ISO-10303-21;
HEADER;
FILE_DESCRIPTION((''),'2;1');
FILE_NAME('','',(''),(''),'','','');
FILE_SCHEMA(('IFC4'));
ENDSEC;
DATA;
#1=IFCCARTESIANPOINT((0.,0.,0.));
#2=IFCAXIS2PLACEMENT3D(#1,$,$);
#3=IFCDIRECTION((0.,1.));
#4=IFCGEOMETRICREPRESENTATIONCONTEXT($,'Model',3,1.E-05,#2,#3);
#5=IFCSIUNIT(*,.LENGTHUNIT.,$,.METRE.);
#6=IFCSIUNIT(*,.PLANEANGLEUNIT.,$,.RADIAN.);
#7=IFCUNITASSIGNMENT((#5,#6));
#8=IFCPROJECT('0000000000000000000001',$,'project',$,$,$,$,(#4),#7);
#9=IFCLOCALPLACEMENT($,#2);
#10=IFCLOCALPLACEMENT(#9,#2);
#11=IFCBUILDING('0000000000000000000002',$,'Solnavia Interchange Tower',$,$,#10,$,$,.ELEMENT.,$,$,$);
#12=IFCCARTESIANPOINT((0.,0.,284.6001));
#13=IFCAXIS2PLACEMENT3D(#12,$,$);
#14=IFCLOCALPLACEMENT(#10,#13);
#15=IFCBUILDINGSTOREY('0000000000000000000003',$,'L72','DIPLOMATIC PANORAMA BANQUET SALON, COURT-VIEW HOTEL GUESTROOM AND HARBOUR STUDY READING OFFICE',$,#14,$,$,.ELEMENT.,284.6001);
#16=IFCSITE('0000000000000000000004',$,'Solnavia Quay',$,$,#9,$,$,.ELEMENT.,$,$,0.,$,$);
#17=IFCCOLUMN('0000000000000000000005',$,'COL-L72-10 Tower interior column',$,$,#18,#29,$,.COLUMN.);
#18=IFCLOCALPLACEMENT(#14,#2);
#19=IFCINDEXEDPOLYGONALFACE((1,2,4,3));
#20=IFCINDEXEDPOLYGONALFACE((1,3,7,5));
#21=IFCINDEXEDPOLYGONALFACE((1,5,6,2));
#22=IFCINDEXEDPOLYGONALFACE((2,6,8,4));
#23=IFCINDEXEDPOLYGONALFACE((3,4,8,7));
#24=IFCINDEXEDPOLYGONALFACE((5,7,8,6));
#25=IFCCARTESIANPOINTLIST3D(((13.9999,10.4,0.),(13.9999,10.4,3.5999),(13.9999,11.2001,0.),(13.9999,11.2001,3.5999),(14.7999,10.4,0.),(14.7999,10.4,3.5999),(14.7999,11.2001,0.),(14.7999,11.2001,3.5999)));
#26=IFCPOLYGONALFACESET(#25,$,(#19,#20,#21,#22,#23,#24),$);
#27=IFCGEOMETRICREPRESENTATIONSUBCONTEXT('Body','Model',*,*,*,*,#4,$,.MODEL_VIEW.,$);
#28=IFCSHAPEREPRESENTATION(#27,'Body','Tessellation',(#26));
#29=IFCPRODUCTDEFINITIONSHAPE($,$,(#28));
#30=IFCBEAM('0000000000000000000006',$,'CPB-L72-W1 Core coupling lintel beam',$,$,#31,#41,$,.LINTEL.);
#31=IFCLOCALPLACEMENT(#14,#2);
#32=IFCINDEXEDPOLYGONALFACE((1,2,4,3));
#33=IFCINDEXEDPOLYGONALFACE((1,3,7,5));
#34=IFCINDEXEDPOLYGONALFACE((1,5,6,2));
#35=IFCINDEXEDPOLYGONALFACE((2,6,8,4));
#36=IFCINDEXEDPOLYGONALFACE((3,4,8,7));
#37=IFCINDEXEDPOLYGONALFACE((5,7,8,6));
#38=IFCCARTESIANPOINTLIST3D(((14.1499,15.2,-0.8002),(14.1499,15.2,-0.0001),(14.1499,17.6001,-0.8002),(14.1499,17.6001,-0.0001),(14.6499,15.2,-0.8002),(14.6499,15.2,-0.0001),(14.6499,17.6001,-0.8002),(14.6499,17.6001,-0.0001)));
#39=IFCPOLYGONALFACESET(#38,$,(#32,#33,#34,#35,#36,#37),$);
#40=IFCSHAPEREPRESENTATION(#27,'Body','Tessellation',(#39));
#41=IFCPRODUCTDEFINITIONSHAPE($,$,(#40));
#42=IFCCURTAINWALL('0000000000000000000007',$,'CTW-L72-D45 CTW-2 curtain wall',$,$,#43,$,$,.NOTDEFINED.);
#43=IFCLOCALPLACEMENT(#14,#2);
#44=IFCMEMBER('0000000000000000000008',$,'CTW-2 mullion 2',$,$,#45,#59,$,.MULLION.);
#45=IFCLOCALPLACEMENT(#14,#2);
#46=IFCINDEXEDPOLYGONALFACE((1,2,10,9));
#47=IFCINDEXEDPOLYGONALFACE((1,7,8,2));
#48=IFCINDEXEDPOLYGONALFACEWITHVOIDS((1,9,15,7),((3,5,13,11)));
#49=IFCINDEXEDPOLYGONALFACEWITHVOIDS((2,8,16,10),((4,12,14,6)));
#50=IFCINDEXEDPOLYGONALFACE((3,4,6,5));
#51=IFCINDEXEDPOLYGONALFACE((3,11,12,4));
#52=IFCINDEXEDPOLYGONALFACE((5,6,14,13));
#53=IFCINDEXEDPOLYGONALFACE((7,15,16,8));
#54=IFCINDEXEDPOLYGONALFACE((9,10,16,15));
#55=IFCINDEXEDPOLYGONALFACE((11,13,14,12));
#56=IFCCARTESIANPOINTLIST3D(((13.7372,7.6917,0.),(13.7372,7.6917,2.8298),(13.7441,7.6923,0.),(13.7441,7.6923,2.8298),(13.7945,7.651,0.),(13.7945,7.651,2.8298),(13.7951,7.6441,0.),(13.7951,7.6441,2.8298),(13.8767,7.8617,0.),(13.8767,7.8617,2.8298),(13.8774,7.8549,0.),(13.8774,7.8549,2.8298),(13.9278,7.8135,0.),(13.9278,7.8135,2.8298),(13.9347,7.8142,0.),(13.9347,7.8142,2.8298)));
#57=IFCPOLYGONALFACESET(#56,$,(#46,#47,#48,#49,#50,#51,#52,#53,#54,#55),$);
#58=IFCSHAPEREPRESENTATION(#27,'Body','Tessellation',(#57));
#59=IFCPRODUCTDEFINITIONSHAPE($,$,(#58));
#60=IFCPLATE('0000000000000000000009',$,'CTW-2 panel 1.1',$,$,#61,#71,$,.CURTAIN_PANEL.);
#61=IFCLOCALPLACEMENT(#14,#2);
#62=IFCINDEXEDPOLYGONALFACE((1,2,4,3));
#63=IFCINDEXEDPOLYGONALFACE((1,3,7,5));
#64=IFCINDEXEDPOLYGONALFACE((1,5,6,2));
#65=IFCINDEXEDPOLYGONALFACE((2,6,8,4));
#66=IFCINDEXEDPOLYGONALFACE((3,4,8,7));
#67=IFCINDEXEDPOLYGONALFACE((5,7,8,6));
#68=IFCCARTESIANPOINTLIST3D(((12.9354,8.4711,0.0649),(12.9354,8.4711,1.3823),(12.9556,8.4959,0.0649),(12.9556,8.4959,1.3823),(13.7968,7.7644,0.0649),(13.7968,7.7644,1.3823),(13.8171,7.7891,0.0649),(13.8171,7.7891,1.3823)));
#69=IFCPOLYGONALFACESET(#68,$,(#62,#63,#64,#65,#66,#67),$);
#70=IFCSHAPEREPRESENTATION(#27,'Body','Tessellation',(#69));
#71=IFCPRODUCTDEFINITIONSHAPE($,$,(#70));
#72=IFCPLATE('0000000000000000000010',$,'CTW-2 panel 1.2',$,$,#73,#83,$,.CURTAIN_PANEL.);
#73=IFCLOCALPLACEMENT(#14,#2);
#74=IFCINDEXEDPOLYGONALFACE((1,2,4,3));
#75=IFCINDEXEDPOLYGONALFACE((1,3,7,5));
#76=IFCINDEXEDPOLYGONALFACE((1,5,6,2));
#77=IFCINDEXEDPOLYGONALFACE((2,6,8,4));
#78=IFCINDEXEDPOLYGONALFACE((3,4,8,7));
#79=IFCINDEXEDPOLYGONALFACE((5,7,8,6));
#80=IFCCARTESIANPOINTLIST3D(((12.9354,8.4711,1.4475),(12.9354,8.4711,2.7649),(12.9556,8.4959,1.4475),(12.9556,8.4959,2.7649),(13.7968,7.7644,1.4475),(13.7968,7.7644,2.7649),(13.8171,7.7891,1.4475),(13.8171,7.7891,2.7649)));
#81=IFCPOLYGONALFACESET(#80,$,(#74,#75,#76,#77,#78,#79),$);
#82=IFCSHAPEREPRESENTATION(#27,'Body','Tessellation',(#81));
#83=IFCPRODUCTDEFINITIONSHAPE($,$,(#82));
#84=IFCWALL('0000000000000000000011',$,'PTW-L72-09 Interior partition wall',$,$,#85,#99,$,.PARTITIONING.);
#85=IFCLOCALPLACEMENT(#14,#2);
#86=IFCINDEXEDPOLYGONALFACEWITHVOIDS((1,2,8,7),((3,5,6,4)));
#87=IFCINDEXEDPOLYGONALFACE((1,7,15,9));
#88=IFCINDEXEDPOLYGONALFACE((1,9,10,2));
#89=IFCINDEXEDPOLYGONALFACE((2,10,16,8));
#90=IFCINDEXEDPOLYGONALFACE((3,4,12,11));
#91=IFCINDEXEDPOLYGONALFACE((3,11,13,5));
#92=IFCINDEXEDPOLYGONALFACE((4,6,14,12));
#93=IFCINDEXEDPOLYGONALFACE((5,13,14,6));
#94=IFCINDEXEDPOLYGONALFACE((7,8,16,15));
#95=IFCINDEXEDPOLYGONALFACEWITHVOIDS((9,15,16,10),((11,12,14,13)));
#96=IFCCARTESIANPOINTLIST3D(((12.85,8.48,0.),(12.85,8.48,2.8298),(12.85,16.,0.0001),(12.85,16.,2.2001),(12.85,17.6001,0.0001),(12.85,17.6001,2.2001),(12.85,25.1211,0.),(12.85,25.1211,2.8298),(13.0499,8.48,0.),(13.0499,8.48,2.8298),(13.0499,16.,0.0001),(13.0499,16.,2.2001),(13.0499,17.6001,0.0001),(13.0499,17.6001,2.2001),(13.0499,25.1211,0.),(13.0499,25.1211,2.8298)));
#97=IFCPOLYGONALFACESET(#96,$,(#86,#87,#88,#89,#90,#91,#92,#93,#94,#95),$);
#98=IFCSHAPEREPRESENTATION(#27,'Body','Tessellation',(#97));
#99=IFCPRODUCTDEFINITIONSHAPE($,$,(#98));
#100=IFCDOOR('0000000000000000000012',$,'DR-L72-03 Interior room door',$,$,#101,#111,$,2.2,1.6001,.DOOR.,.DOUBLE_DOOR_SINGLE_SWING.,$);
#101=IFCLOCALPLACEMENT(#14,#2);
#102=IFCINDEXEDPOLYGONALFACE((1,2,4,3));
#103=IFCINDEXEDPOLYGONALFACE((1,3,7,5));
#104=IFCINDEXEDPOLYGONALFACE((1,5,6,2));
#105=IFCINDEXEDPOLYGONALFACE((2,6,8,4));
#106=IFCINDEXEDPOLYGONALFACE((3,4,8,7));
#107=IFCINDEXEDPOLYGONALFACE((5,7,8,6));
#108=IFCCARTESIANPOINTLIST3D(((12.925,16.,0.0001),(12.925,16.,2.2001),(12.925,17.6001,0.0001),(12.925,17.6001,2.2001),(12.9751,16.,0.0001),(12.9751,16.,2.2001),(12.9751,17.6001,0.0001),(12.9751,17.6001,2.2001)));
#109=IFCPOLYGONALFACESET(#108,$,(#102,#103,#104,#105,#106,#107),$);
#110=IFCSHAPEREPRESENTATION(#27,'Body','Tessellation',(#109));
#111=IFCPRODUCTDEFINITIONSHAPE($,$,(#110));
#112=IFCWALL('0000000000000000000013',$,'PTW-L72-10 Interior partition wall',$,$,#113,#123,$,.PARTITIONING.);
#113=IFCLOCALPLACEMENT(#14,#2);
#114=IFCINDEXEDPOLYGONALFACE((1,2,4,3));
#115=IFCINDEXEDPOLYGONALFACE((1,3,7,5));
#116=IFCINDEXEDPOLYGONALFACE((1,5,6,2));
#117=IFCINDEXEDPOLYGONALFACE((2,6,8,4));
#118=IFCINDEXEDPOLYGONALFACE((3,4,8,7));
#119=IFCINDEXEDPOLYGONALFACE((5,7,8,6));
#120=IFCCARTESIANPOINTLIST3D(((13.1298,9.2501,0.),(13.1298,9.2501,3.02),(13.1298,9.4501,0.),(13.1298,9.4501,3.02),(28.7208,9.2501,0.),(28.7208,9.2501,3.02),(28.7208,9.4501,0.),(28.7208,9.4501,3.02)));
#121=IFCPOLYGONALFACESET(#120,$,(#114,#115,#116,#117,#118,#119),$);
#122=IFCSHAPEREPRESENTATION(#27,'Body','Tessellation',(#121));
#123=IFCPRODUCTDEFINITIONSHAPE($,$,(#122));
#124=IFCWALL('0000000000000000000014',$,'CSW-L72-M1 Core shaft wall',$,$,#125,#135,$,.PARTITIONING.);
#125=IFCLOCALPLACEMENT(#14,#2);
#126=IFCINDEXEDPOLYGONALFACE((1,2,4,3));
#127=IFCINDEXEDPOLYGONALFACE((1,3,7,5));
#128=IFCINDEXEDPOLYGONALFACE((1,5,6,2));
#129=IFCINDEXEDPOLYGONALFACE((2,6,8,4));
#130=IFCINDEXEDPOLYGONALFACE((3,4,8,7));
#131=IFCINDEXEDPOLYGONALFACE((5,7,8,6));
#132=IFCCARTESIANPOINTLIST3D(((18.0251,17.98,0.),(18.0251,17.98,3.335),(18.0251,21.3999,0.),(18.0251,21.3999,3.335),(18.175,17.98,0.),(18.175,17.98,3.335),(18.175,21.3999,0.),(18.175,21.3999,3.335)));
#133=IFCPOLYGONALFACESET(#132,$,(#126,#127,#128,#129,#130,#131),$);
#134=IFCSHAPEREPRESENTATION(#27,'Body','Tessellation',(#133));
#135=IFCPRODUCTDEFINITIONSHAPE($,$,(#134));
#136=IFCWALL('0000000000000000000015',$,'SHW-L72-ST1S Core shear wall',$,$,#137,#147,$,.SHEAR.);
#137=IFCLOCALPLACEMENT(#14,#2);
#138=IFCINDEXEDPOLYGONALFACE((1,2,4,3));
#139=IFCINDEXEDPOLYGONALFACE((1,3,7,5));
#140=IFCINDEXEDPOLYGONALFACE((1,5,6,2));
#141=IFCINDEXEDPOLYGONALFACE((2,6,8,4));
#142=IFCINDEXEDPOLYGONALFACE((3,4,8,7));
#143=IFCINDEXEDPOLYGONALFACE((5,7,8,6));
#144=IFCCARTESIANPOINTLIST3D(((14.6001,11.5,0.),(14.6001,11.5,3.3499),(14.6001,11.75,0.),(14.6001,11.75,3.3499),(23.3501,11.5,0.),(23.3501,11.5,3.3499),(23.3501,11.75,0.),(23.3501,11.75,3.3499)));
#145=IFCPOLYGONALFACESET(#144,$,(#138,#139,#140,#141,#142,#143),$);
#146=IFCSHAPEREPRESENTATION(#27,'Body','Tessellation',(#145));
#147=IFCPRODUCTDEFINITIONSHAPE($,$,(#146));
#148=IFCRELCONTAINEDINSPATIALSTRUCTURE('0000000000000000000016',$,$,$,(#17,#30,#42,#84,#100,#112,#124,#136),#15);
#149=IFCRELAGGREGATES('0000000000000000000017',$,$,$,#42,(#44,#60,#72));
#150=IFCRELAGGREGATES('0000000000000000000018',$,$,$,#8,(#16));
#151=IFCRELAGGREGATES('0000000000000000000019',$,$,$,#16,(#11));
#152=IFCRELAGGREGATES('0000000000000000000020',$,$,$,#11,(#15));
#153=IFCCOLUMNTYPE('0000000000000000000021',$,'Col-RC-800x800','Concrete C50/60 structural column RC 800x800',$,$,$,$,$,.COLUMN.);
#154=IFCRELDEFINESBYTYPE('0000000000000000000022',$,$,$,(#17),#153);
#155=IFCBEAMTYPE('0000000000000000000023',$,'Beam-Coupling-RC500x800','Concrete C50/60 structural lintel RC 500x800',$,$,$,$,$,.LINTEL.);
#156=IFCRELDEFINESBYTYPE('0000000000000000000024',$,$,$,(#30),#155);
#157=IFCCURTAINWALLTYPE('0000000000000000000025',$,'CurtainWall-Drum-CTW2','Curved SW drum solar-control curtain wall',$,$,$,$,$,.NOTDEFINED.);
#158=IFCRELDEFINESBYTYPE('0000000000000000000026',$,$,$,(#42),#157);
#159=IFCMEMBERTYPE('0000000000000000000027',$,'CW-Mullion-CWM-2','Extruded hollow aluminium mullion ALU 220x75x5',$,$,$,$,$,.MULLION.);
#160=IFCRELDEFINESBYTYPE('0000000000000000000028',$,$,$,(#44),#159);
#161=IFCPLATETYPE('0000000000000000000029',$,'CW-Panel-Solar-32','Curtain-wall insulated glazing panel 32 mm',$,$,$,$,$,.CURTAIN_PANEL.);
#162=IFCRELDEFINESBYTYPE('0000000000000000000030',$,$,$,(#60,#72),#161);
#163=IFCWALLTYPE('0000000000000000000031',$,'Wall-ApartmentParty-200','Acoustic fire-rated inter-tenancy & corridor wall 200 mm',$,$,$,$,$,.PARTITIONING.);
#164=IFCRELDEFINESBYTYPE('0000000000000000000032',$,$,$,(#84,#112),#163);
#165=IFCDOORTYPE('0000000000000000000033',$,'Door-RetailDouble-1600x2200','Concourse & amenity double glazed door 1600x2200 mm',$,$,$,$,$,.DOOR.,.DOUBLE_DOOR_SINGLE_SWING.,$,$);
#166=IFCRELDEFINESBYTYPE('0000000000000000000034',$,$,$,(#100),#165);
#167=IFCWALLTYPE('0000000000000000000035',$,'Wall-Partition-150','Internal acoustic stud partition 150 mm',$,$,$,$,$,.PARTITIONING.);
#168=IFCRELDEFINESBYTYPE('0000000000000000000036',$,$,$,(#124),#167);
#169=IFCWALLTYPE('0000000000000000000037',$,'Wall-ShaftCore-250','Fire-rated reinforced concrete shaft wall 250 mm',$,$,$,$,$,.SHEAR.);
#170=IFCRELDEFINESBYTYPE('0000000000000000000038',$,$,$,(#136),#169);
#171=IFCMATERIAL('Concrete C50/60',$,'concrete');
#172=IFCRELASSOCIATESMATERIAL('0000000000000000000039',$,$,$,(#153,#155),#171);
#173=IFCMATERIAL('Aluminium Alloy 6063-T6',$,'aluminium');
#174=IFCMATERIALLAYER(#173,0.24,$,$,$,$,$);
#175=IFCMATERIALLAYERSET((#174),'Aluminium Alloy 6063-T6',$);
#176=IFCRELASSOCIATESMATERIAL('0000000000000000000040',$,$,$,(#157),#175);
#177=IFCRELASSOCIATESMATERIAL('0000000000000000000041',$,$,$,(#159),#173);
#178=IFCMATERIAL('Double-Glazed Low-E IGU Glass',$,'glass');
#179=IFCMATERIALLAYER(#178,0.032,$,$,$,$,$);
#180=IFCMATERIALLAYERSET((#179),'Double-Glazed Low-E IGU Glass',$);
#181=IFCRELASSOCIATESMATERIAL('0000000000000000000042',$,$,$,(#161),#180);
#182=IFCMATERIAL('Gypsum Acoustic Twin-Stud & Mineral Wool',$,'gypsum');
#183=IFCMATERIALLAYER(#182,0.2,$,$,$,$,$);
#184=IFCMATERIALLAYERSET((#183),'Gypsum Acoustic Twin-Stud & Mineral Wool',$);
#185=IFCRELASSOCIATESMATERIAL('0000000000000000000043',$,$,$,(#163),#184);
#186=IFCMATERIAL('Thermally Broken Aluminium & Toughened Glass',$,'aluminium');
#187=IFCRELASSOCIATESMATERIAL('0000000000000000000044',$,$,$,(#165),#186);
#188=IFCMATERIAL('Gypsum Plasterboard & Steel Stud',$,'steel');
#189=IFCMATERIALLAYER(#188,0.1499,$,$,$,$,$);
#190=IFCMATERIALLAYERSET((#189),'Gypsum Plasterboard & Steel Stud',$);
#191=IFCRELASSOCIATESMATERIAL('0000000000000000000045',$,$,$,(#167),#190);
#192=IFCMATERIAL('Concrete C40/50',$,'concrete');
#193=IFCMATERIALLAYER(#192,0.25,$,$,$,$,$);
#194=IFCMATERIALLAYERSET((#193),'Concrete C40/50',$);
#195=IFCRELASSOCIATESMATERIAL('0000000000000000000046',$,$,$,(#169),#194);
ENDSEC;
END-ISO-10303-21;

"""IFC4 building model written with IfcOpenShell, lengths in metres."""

from ifc_helpers import new_model, si_unit, direction, frame, frame_2d, origin, origin_2d, place, context, subcontext, project, spatial, rectangle, hollow_rectangle, extrude, material, layer, layer_set, material_profile, profile_set, type_object, element, fill, aggregate, save


model = new_model("IFC4")

# Units and contexts
model_context = context("Model", 3, precision=1e-05, world=origin(), true_north=direction((0.0, 1.0)))
body_context = subcontext(model_context, "Body", "Model", "MODEL_VIEW")
ifc_project = project(units=[si_unit("LENGTHUNIT", "METRE"), si_unit("PLANEANGLEUNIT", "RADIAN")], contexts=[model_context])

# Site, building, storey
site_placement = place(None, origin())
site = spatial("IfcSite", under=ifc_project, at=site_placement, Name="Solnavia Quay", CompositionType="ELEMENT", RefElevation=0.0)
building_placement = place(site_placement, origin())
building = spatial("IfcBuilding", under=site, at=building_placement, Name="Solnavia Interchange Tower", CompositionType="ELEMENT")
storey_placement = place(building_placement, frame((0.0, 0.0, 284.6001)))
storey = spatial("IfcBuildingStorey", under=building, at=storey_placement, Name="L72", Description="DIPLOMATIC PANORAMA BANQUET SALON, COURT-VIEW HOTEL GUESTROOM AND HARBOUR STUDY READING OFFICE", CompositionType="ELEMENT", Elevation=284.6001)

# Column
ifc_material_1 = material(Name="Concrete C50/60", Category="concrete")
ifc_material_profile_1 = material_profile(ifc_material_1, rectangle(XDim=0.8, YDim=0.8, at=origin_2d()), Name="RC 800x800")
ifc_profile_set_1 = profile_set([ifc_material_profile_1], Name="Concrete C50/60")
column_type = type_object("IfcColumnType", Name="Col-RC-800x800", Description="Concrete C50/60 structural column RC 800x800", PredefinedType="COLUMN", material=ifc_profile_set_1)
column_placement = place(storey_placement, frame((14.3999, 10.8, 0.0), z_axis=(0.0, 0.0, 1.0), x_axis=(1.0, 0.0, 0.0)))
element("IfcColumn", 1, at=column_placement, inside=storey, type_object=column_type, Name="COL-L72-10 Tower interior column", PredefinedType="COLUMN", context=body_context, shape_type="SweptSolid", body=[
    extrude(rectangle(XDim=0.8, YDim=0.8, at=origin_2d()), origin(), (0.0, 0.0, 1.0), 3.5999),
])

# Beam
ifc_material_profile_2 = material_profile(ifc_material_1, rectangle(XDim=0.5, YDim=0.8, at=origin_2d()), Name="RC 500x800")
ifc_profile_set_2 = profile_set([ifc_material_profile_2], Name="Concrete C50/60")
beam_type = type_object("IfcBeamType", Name="Beam-Coupling-RC500x800", Description="Concrete C50/60 structural lintel RC 500x800", PredefinedType="LINTEL", material=ifc_profile_set_2)
beam_placement = place(storey_placement, frame((14.3999, 15.2, -0.4001), z_axis=(0.0, 1.0, 0.0), x_axis=(-1.0, 0.0, 0.0)))
element("IfcBeam", 2, at=beam_placement, inside=storey, type_object=beam_type, Name="CPB-L72-W1 Core coupling lintel beam", PredefinedType="LINTEL", context=body_context, shape_type="SweptSolid", body=[
    extrude(rectangle(XDim=0.5, YDim=0.8, at=origin_2d()), origin(), (0.0, 0.0, 1.0), 2.4001),
])

# Curtain wall, member, plates
ifc_material_2 = material(Name="Aluminium Alloy 6063-T6", Category="aluminium")
ifc_layer_1 = layer(ifc_material_2, 0.24)
ifc_layer_set_1 = layer_set([ifc_layer_1], Name="Aluminium Alloy 6063-T6")
curtain_wall_type = type_object("IfcCurtainWallType", Name="CurtainWall-Drum-CTW2", Description="Curved SW drum solar-control curtain wall", PredefinedType="NOTDEFINED", material=ifc_layer_set_1)
curtain_wall_placement = place(storey_placement, origin())
curtain_wall = element("IfcCurtainWall", 3, at=curtain_wall_placement, inside=storey, type_object=curtain_wall_type, Name="CTW-L72-D45 CTW-2 curtain wall", PredefinedType="NOTDEFINED")
ifc_material_profile_3 = material_profile(ifc_material_2, hollow_rectangle(XDim=0.075, YDim=0.22, WallThickness=0.0049, at=origin_2d()), Name="ALU 220x75x5")
ifc_profile_set_3 = profile_set([ifc_material_profile_3], Name="Aluminium Alloy 6063-T6")
member_type = type_object("IfcMemberType", Name="CW-Mullion-CWM-2", Description="Extruded hollow aluminium mullion ALU 220x75x5", PredefinedType="MULLION", material=ifc_profile_set_3)
member_placement = place(storey_placement, frame((13.8359, 7.7529, 0.0), z_axis=(0.0, 0.0, 1.0), x_axis=(0.773103, -0.63428, 0.0)))
member = element("IfcMember", 4, at=member_placement, type_object=member_type, Name="CTW-2 mullion 2", PredefinedType="MULLION", context=body_context, shape_type="SweptSolid", body=[
    extrude(hollow_rectangle(XDim=0.075, YDim=0.22, WallThickness=0.0049, at=origin_2d()), origin(), (0.0, 0.0, 1.0), 2.8298),
])
ifc_material_3 = material(Name="Double-Glazed Low-E IGU Glass", Category="glass")
ifc_layer_2 = layer(ifc_material_3, 0.032)
ifc_layer_set_2 = layer_set([ifc_layer_2], Name="Double-Glazed Low-E IGU Glass")
plate_type = type_object("IfcPlateType", Name="CW-Panel-Solar-32", Description="Curtain-wall insulated glazing panel 32 mm", PredefinedType="CURTAIN_PANEL", material=ifc_layer_set_2)
plate_1_placement = place(storey_placement, frame((13.3762, 8.1301, 0.0649), z_axis=(0.0, 0.0, 1.0), x_axis=(0.773103, -0.63428, 0.0)))
plate_1 = element("IfcPlate", 5, at=plate_1_placement, type_object=plate_type, Name="CTW-2 panel 1.1", PredefinedType="CURTAIN_PANEL", context=body_context, shape_type="SweptSolid", body=[
    extrude(rectangle(XDim=1.1143, YDim=0.032, at=origin_2d()), origin(), (0.0, 0.0, 1.0), 1.3174),
])
plate_2_placement = place(storey_placement, frame((13.3762, 8.1301, 1.4475), z_axis=(0.0, 0.0, 1.0), x_axis=(0.773103, -0.63428, 0.0)))
plate_2 = element("IfcPlate", 6, at=plate_2_placement, type_object=plate_type, Name="CTW-2 panel 1.2", PredefinedType="CURTAIN_PANEL", context=body_context, shape_type="SweptSolid", body=[
    extrude(rectangle(XDim=1.1143, YDim=0.032, at=origin_2d()), origin(), (0.0, 0.0, 1.0), 1.3174),
])
aggregate(curtain_wall, [member, plate_1, plate_2])

# Wall, opening, door
ifc_material_4 = material(Name="Gypsum Acoustic Twin-Stud & Mineral Wool", Category="gypsum")
ifc_layer_3 = layer(ifc_material_4, 0.2)
ifc_layer_set_3 = layer_set([ifc_layer_3], Name="Gypsum Acoustic Twin-Stud & Mineral Wool")
wall_type_1 = type_object("IfcWallType", Name="Wall-ApartmentParty-200", Description="Acoustic fire-rated inter-tenancy & corridor wall 200 mm", PredefinedType="PARTITIONING", material=ifc_layer_set_3)
wall_1_placement = place(storey_placement, frame((12.95, 8.48, 0.0), z_axis=(0.0, 0.0, 1.0), x_axis=(0.0, 1.0, 0.0)))
wall_1 = element("IfcWall", 7, at=wall_1_placement, inside=storey, type_object=wall_type_1, Name="PTW-L72-09 Interior partition wall", PredefinedType="PARTITIONING", context=body_context, shape_type="SweptSolid", body=[
    extrude(rectangle(XDim=16.6411, YDim=0.2, at=frame_2d((8.3206, 0.0))), origin(), (0.0, 0.0, 1.0), 2.8298),
])
opening_1_placement = place(wall_1_placement, frame((7.52, 0.0, 0.0)))
opening_1 = element("IfcOpeningElement", 8, at=opening_1_placement, cuts=wall_1, PredefinedType="OPENING", context=body_context, shape_type="SweptSolid", body=[
    extrude(rectangle(XDim=1.6001, YDim=2.2, at=frame_2d((0.8, 1.1001))), frame((0.0, 0.1099, 0.0), z_axis=(0.0, -1.0, 0.0), x_axis=(1.0, 0.0, 0.0)), (0.0, 0.0, 1.0), 0.22),
])
ifc_material_5 = material(Name="Thermally Broken Aluminium & Toughened Glass", Category="aluminium")
door_type_1 = type_object("IfcDoorType", Name="Door-RetailDouble-1600x2200", Description="Concourse & amenity double glazed door 1600x2200 mm", OperationType="DOUBLE_DOOR_SINGLE_SWING", PredefinedType="DOOR", material=ifc_material_5)
door_1_placement = place(opening_1_placement, origin())
door_1 = element("IfcDoor", 9, at=door_1_placement, inside=storey, type_object=door_type_1, Name="DR-L72-03 Interior room door", OperationType="DOUBLE_DOOR_SINGLE_SWING", OverallHeight=2.2, OverallWidth=1.6001, PredefinedType="DOOR", context=body_context, shape_type="SweptSolid", body=[
    extrude(rectangle(XDim=1.6001, YDim=2.2, at=frame_2d((0.8, 1.1001))), frame((0.0, 0.0249, 0.0), z_axis=(0.0, -1.0, 0.0), x_axis=(1.0, 0.0, 0.0)), (0.0, 0.0, 1.0), 0.05),
])
fill(opening_1, door_1)

# Walls
wall_2_placement = place(storey_placement, frame((13.1299, 9.3501, 0.0), z_axis=(0.0, 0.0, 1.0), x_axis=(1.0, 0.0, 0.0)))
element("IfcWall", 10, at=wall_2_placement, inside=storey, type_object=wall_type_1, Name="PTW-L72-10 Interior partition wall", PredefinedType="PARTITIONING", context=body_context, shape_type="SweptSolid", body=[
    extrude(rectangle(XDim=15.5911, YDim=0.2, at=frame_2d((7.7954, 0.0))), origin(), (0.0, 0.0, 1.0), 3.02),
])
ifc_material_6 = material(Name="Gypsum Plasterboard & Steel Stud", Category="steel")
ifc_layer_4 = layer(ifc_material_6, 0.1499)
ifc_layer_set_4 = layer_set([ifc_layer_4], Name="Gypsum Plasterboard & Steel Stud")
wall_type_2 = type_object("IfcWallType", Name="Wall-Partition-150", Description="Internal acoustic stud partition 150 mm", PredefinedType="PARTITIONING", material=ifc_layer_set_4)
wall_3_placement = place(storey_placement, frame((18.1001, 17.98, 0.0), z_axis=(0.0, 0.0, 1.0), x_axis=(0.0, 1.0, 0.0)))
element("IfcWall", 11, at=wall_3_placement, inside=storey, type_object=wall_type_2, Name="CSW-L72-M1 Core shaft wall", PredefinedType="PARTITIONING", context=body_context, shape_type="SweptSolid", body=[
    extrude(rectangle(XDim=3.4199, YDim=0.1499, at=frame_2d((1.71, 0.0))), origin(), (0.0, 0.0, 1.0), 3.335),
])
ifc_material_7 = material(Name="Concrete C40/50", Category="concrete")
ifc_layer_5 = layer(ifc_material_7, 0.25)
ifc_layer_set_5 = layer_set([ifc_layer_5], Name="Concrete C40/50")
wall_type_3 = type_object("IfcWallType", Name="Wall-ShaftCore-250", Description="Fire-rated reinforced concrete shaft wall 250 mm", PredefinedType="SHEAR", material=ifc_layer_set_5)
wall_4_placement = place(storey_placement, frame((14.6001, 11.625, 0.0), z_axis=(0.0, 0.0, 1.0), x_axis=(1.0, 0.0, 0.0)))
element("IfcWall", 12, at=wall_4_placement, inside=storey, type_object=wall_type_3, Name="SHW-L72-ST1S Core shear wall", PredefinedType="SHEAR", context=body_context, shape_type="SweptSolid", body=[
    extrude(rectangle(XDim=8.75, YDim=0.25, at=frame_2d((4.375, 0.0))), origin(), (0.0, 0.0, 1.0), 3.3499),
])

save(model, "model.ifc")
